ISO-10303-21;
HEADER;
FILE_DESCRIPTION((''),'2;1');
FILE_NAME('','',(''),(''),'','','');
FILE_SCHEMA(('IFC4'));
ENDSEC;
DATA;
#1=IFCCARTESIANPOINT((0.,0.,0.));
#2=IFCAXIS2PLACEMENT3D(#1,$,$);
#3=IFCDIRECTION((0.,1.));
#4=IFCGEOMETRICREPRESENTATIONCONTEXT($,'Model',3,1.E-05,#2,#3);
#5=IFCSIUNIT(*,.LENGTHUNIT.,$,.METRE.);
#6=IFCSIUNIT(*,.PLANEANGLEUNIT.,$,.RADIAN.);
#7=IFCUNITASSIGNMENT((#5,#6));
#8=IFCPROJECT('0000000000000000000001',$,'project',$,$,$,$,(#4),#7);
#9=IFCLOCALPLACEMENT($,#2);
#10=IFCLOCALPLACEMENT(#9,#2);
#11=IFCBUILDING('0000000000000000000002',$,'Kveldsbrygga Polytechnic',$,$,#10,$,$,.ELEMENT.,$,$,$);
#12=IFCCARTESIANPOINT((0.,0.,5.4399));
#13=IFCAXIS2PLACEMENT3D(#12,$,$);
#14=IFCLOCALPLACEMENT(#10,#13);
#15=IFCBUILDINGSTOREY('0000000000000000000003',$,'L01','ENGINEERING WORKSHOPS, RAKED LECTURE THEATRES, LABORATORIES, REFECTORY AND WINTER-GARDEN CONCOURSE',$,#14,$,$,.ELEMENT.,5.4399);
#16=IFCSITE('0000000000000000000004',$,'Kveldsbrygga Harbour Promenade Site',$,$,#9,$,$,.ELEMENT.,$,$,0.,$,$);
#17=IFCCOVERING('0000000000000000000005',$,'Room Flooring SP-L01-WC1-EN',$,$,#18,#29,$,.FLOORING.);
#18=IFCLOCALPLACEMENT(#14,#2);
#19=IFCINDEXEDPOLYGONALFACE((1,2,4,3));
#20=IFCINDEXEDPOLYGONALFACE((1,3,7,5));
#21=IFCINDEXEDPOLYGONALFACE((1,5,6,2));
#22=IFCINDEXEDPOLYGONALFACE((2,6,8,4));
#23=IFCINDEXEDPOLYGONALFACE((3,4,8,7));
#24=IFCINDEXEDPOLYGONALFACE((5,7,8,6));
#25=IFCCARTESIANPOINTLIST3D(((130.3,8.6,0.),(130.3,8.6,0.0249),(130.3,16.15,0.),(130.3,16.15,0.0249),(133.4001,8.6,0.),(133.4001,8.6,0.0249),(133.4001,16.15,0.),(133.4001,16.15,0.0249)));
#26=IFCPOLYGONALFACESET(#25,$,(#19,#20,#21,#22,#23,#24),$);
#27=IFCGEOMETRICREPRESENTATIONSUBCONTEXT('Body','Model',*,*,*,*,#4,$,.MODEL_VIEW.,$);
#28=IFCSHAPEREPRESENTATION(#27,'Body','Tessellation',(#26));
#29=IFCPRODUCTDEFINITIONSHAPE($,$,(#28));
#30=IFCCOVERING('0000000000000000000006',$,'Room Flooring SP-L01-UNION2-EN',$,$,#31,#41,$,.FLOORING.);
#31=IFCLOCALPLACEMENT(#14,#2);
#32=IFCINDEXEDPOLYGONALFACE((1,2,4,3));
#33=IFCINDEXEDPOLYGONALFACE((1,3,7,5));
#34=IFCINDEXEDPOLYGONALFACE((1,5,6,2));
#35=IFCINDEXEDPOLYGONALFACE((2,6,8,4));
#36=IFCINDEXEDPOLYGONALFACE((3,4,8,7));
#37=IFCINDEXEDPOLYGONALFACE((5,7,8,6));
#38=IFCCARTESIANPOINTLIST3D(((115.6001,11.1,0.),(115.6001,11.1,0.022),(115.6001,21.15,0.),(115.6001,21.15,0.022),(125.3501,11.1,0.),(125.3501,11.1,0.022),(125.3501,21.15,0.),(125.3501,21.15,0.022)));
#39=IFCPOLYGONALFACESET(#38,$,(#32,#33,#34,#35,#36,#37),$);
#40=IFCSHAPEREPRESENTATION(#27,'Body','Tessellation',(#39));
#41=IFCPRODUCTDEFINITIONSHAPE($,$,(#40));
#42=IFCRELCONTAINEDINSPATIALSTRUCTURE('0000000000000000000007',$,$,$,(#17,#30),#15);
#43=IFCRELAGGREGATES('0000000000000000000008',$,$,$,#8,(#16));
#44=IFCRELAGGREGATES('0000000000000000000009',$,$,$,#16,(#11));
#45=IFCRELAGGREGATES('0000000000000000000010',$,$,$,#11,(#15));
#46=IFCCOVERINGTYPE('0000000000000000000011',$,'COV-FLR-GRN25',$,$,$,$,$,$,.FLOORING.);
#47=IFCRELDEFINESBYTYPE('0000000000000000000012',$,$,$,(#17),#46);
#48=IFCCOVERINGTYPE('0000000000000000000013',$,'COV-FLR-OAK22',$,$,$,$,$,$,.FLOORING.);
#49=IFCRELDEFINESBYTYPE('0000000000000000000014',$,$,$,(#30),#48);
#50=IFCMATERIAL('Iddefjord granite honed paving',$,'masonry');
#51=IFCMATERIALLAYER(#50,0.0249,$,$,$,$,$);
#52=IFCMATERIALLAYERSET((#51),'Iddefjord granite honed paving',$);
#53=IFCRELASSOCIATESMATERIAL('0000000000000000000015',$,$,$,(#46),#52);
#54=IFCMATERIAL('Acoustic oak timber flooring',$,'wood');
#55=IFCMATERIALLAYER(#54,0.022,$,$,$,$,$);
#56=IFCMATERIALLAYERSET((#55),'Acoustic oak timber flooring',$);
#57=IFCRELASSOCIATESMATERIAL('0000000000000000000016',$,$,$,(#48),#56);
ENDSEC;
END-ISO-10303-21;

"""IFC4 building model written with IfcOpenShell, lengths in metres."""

from ifc_helpers import new_model, si_unit, direction, frame, origin, origin_2d, place, context, subcontext, project, spatial, rectangle, extrude, material, layer, layer_set, type_object, element, save


model = new_model("IFC4")

# Units and contexts
model_context = context("Model", 3, precision=1e-05, world=origin(), true_north=direction((0.0, 1.0)))
body_context = subcontext(model_context, "Body", "Model", "MODEL_VIEW")
ifc_project = project(units=[si_unit("LENGTHUNIT", "METRE"), si_unit("PLANEANGLEUNIT", "RADIAN")], contexts=[model_context])

# Site, building, storey
site_placement = place(None, origin())
site = spatial("IfcSite", under=ifc_project, at=site_placement, Name="Kveldsbrygga Harbour Promenade Site", CompositionType="ELEMENT", RefElevation=0.0)
building_placement = place(site_placement, origin())
building = spatial("IfcBuilding", under=site, at=building_placement, Name="Kveldsbrygga Polytechnic", CompositionType="ELEMENT")
storey_placement = place(building_placement, frame((0.0, 0.0, 5.4399)))
storey = spatial("IfcBuildingStorey", under=building, at=storey_placement, Name="L01", Description="ENGINEERING WORKSHOPS, RAKED LECTURE THEATRES, LABORATORIES, REFECTORY AND WINTER-GARDEN CONCOURSE", CompositionType="ELEMENT", Elevation=5.4399)

# Coverings
ifc_material_1 = material(Name="Iddefjord granite honed paving", Category="masonry")
ifc_layer_1 = layer(ifc_material_1, 0.0249)
ifc_layer_set_1 = layer_set([ifc_layer_1], Name="Iddefjord granite honed paving")
covering_type_1 = type_object("IfcCoveringType", Name="COV-FLR-GRN25", PredefinedType="FLOORING", material=ifc_layer_set_1)
covering_1_placement = place(storey_placement, frame((131.8501, 12.375, 0.0), z_axis=(0.0, 0.0, 1.0), x_axis=(1.0, 0.0, 0.0)))
element("IfcCovering", 1, at=covering_1_placement, inside=storey, type_object=covering_type_1, Name="Room Flooring SP-L01-WC1-EN", PredefinedType="FLOORING", context=body_context, shape_type="SweptSolid", body=[
    extrude(rectangle(XDim=3.1001, YDim=7.55, at=origin_2d()), origin(), (0.0, 0.0, 1.0), 0.0249),
])
ifc_material_2 = material(Name="Acoustic oak timber flooring", Category="wood")
ifc_layer_2 = layer(ifc_material_2, 0.022)
ifc_layer_set_2 = layer_set([ifc_layer_2], Name="Acoustic oak timber flooring")
covering_type_2 = type_object("IfcCoveringType", Name="COV-FLR-OAK22", PredefinedType="FLOORING", material=ifc_layer_set_2)
covering_2_placement = place(storey_placement, frame((120.4751, 16.125, 0.0), z_axis=(0.0, 0.0, 1.0), x_axis=(1.0, 0.0, 0.0)))
element("IfcCovering", 2, at=covering_2_placement, inside=storey, type_object=covering_type_2, Name="Room Flooring SP-L01-UNION2-EN", PredefinedType="FLOORING", context=body_context, shape_type="SweptSolid", body=[
    extrude(rectangle(XDim=9.75, YDim=10.05, at=origin_2d()), origin(), (0.0, 0.0, 1.0), 0.022),
])

save(model, "model.ifc")
